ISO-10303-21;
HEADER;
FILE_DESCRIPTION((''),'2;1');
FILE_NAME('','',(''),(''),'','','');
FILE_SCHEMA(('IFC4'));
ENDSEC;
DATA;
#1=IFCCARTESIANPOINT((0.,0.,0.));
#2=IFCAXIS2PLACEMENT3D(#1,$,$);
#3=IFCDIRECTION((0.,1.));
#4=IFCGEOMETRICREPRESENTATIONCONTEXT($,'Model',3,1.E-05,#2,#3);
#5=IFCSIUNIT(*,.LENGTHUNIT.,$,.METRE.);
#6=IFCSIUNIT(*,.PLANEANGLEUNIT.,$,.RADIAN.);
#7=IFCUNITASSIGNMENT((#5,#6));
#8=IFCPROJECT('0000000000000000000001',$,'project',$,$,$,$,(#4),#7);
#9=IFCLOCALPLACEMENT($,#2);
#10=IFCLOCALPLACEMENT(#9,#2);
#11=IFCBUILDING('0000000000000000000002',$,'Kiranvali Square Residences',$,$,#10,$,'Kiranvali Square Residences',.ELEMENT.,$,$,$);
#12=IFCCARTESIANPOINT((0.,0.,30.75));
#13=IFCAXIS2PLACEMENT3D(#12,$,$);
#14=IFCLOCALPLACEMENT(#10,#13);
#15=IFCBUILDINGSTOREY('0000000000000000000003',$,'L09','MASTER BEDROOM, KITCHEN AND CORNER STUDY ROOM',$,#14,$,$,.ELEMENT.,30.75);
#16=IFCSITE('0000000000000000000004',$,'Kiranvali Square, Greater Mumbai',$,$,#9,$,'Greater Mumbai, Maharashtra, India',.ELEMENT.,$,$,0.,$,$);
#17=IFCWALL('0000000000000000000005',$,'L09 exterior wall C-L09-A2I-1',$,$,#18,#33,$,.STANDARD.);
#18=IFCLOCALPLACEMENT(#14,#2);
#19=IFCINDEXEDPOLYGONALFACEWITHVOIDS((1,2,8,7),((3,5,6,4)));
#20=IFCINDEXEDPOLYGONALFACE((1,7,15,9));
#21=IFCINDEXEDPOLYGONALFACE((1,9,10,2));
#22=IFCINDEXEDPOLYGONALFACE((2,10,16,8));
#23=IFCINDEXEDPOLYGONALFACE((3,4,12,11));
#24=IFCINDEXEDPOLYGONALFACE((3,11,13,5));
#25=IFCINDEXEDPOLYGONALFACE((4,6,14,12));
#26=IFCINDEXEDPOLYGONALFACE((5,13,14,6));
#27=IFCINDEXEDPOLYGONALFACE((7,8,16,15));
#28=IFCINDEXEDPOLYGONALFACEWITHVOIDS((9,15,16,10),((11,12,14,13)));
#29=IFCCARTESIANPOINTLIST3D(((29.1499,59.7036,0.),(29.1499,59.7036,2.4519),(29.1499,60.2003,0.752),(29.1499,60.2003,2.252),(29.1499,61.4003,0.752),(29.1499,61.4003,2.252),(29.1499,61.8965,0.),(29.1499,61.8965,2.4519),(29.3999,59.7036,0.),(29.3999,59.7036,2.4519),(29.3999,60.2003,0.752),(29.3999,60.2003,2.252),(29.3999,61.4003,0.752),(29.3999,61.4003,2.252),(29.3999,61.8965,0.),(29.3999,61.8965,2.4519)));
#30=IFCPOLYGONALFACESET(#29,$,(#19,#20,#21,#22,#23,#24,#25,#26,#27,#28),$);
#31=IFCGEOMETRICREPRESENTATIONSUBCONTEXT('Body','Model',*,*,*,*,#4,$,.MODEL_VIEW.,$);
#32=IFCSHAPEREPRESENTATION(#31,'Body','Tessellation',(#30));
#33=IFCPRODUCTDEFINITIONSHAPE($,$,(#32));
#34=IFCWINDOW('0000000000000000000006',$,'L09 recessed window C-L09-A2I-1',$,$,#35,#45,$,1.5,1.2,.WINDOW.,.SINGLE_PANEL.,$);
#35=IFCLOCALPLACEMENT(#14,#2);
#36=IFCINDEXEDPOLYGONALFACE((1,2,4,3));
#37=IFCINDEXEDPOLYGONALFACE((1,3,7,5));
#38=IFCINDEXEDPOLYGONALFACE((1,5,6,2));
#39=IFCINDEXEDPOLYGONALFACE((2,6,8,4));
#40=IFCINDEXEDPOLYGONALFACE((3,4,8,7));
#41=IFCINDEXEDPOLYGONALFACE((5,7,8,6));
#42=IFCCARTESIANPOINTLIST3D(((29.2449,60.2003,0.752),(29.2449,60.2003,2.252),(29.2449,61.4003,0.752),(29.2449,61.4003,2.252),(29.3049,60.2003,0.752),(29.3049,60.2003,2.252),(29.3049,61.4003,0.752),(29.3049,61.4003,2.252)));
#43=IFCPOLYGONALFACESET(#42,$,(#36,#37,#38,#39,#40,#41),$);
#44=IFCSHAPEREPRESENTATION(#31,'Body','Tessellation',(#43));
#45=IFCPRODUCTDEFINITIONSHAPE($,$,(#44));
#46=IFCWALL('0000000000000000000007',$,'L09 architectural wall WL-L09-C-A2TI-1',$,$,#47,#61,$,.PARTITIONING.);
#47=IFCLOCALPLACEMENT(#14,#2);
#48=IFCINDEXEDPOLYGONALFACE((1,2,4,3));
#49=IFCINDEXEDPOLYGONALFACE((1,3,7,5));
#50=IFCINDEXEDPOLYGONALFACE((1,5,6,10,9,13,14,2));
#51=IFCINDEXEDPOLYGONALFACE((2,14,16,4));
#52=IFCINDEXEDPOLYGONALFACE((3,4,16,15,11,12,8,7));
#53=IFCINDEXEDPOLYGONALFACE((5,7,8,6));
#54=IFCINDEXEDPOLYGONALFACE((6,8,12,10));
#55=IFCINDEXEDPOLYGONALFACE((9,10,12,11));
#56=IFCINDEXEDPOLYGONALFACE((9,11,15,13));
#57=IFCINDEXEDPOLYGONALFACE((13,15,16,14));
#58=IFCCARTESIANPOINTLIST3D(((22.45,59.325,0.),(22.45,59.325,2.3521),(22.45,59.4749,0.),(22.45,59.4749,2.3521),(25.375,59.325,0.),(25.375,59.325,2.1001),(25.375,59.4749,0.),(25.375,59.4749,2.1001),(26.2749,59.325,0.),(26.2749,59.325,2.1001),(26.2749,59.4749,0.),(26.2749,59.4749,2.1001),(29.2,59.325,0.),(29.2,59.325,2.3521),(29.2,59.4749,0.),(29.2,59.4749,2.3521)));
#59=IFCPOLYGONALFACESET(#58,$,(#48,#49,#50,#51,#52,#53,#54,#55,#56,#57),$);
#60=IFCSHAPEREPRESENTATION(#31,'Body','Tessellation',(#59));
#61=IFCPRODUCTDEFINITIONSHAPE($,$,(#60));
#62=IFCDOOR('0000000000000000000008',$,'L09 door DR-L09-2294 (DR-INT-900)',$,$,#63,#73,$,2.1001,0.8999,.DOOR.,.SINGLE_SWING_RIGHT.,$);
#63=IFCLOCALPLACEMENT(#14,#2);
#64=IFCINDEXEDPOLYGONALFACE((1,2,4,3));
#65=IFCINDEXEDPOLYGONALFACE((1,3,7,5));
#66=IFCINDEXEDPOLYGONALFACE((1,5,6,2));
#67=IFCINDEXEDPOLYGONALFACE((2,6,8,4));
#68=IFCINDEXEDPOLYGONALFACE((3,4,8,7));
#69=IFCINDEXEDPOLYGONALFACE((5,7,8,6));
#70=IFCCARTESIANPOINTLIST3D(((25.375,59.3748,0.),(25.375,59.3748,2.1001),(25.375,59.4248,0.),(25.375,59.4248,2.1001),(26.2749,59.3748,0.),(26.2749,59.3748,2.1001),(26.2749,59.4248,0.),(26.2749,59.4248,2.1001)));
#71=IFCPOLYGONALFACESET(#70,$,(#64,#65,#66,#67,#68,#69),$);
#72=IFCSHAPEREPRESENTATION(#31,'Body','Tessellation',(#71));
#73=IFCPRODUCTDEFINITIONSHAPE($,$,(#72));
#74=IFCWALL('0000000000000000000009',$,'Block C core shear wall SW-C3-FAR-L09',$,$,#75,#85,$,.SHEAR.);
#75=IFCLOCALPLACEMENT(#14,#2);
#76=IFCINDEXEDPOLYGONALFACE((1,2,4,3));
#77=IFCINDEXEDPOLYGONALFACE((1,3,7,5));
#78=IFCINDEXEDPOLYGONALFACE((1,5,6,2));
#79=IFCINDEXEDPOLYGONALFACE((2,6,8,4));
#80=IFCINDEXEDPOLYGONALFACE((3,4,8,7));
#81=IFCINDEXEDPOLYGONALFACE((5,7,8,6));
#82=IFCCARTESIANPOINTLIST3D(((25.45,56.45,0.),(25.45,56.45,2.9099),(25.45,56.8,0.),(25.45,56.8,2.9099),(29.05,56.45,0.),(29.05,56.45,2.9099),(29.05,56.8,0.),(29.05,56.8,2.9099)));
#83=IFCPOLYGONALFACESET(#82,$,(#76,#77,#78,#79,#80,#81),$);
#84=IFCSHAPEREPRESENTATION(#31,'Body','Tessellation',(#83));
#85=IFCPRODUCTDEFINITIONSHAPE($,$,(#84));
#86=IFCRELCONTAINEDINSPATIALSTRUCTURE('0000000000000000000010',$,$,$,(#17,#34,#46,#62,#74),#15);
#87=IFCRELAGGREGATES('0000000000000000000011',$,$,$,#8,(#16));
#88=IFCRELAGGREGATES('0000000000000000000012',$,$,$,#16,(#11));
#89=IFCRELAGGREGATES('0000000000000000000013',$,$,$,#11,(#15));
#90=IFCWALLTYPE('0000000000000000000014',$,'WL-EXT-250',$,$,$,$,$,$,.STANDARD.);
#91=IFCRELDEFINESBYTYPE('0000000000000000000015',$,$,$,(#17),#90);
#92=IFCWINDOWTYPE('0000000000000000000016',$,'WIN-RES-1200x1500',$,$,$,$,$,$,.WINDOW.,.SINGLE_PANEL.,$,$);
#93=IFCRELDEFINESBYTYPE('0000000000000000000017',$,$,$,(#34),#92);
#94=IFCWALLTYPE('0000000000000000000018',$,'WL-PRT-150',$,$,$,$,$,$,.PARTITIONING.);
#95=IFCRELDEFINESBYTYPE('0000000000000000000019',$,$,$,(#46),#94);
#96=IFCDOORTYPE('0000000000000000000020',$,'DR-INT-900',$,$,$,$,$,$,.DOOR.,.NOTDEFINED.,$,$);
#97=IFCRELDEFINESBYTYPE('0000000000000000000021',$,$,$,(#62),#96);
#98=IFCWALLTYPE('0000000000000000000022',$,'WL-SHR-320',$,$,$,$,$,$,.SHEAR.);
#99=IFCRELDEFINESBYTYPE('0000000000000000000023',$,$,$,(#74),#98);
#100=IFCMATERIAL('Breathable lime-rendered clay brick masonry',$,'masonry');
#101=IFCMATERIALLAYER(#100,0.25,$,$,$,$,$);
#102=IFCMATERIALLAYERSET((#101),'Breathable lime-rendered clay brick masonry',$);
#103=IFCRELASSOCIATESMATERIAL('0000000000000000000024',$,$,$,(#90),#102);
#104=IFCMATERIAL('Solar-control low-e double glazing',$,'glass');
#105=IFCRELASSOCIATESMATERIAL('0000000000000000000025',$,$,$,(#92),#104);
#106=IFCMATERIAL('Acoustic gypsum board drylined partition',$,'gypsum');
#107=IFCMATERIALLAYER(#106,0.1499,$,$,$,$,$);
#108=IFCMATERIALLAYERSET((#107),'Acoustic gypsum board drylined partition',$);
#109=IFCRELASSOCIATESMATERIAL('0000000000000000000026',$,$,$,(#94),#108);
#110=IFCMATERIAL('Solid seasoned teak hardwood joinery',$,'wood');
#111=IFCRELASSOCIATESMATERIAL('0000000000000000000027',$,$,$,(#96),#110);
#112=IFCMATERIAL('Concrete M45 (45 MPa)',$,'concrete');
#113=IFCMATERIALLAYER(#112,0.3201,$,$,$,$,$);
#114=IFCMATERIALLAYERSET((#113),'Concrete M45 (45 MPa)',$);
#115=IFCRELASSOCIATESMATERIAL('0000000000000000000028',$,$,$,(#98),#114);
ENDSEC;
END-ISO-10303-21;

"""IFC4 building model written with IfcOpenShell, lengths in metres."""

from ifc_helpers import new_model, si_unit, direction, frame, frame_2d, origin, place, context, subcontext, project, spatial, rectangle, extrude, material, layer, layer_set, type_object, element, fill, save


model = new_model("IFC4")

# Units and contexts
model_context = context("Model", 3, precision=1e-05, world=origin(), true_north=direction((0.0, 1.0)))
body_context = subcontext(model_context, "Body", "Model", "MODEL_VIEW")
ifc_project = project(units=[si_unit("LENGTHUNIT", "METRE"), si_unit("PLANEANGLEUNIT", "RADIAN")], contexts=[model_context])

# Site, building, storey
site_placement = place(None, origin())
site = spatial("IfcSite", under=ifc_project, at=site_placement, Name="Kiranvali Square, Greater Mumbai", LongName="Greater Mumbai, Maharashtra, India", CompositionType="ELEMENT", RefElevation=0.0)
building_placement = place(site_placement, origin())
building = spatial("IfcBuilding", under=site, at=building_placement, Name="Kiranvali Square Residences", LongName="Kiranvali Square Residences", CompositionType="ELEMENT")
storey_placement = place(building_placement, frame((0.0, 0.0, 30.75)))
storey = spatial("IfcBuildingStorey", under=building, at=storey_placement, Name="L09", Description="MASTER BEDROOM, KITCHEN AND CORNER STUDY ROOM", CompositionType="ELEMENT", Elevation=30.75)

# Shared definitions
ifc_material_1 = material(Name="Concrete M45 (45 MPa)", Category="concrete")

# Wall, opening, window
ifc_material_2 = material(Name="Breathable lime-rendered clay brick masonry", Category="masonry")
ifc_layer_1 = layer(ifc_material_2, 0.25)
ifc_layer_set_1 = layer_set([ifc_layer_1], Name="Breathable lime-rendered clay brick masonry")
wall_type_1 = type_object("IfcWallType", Name="WL-EXT-250", PredefinedType="STANDARD", material=ifc_layer_set_1)
ifc_material_3 = material(Name="Solar-control low-e double glazing", Category="glass")
window_type = type_object("IfcWindowType", Name="WIN-RES-1200x1500", PartitioningType="SINGLE_PANEL", PredefinedType="WINDOW", material=ifc_material_3)
wall_1_placement = place(storey_placement, frame((29.2749, 59.7036, 0.0), z_axis=(0.0, 0.0, 1.0), x_axis=(0.0, 1.0, 0.0)))
wall_1 = element("IfcWall", 1, at=wall_1_placement, inside=storey, type_object=wall_type_1, Name="L09 exterior wall C-L09-A2I-1", PredefinedType="STANDARD", context=body_context, shape_type="SweptSolid", body=[
    extrude(rectangle(XDim=2.1929, YDim=0.25, at=frame_2d((1.0964, 0.0))), origin(), (0.0, 0.0, 1.0), 2.4519),
])
opening_1_placement = place(wall_1_placement, frame((0.4966, 0.0, 0.752)))
opening_1 = element("IfcOpeningElement", 2, at=opening_1_placement, cuts=wall_1, PredefinedType="OPENING", context=body_context, shape_type="SweptSolid", body=[
    extrude(rectangle(XDim=1.2, YDim=1.5, at=frame_2d((0.6001, 0.75))), frame((0.0, 0.135, 0.0), z_axis=(0.0, -1.0, 0.0), x_axis=(1.0, 0.0, 0.0)), (0.0, 0.0, 1.0), 0.27),
])
window_1_placement = place(opening_1_placement, origin())
window_1 = element("IfcWindow", 3, at=window_1_placement, inside=storey, type_object=window_type, Name="L09 recessed window C-L09-A2I-1", OverallHeight=1.5, OverallWidth=1.2, PartitioningType="SINGLE_PANEL", PredefinedType="WINDOW", context=body_context, shape_type="SweptSolid", body=[
    extrude(rectangle(XDim=1.2, YDim=1.5, at=frame_2d((0.6001, 0.75))), frame((0.0, 0.03, 0.0), z_axis=(0.0, -1.0, 0.0), x_axis=(1.0, 0.0, 0.0)), (0.0, 0.0, 1.0), 0.0601),
])
fill(opening_1, window_1)

# Wall, opening, door
ifc_material_4 = material(Name="Acoustic gypsum board drylined partition", Category="gypsum")
ifc_layer_2 = layer(ifc_material_4, 0.1499)
ifc_layer_set_2 = layer_set([ifc_layer_2], Name="Acoustic gypsum board drylined partition")
wall_type_2 = type_object("IfcWallType", Name="WL-PRT-150", PredefinedType="PARTITIONING", material=ifc_layer_set_2)
wall_2_placement = place(storey_placement, frame((29.2, 59.3999, 0.0), z_axis=(0.0, 0.0, 1.0), x_axis=(-1.0, 0.0, 0.0)))
wall_2 = element("IfcWall", 4, at=wall_2_placement, inside=storey, type_object=wall_type_2, Name="L09 architectural wall WL-L09-C-A2TI-1", PredefinedType="PARTITIONING", context=body_context, shape_type="SweptSolid", body=[
    extrude(rectangle(XDim=6.75, YDim=0.1499, at=frame_2d((3.375, 0.0))), origin(), (0.0, 0.0, 1.0), 2.3521),
])
opening_2_placement = place(wall_2_placement, frame((2.925, 0.0, 0.0)))
opening_2 = element("IfcOpeningElement", 5, at=opening_2_placement, cuts=wall_2, PredefinedType="OPENING", context=body_context, shape_type="SweptSolid", body=[
    extrude(rectangle(XDim=0.8999, YDim=2.1001, at=frame_2d((0.45, 1.05))), frame((0.0, 0.085, 0.0), z_axis=(0.0, -1.0, 0.0), x_axis=(1.0, 0.0, 0.0)), (0.0, 0.0, 1.0), 0.1699),
])
ifc_material_5 = material(Name="Solid seasoned teak hardwood joinery", Category="wood")
door_type_1 = type_object("IfcDoorType", Name="DR-INT-900", OperationType="NOTDEFINED", PredefinedType="DOOR", material=ifc_material_5)
door_1_placement = place(opening_2_placement, frame((0.8999, 0.0, 0.0), z_axis=(0.0, 0.0, 1.0), x_axis=(-1.0, 0.0, 0.0)))
door_1 = element("IfcDoor", 6, at=door_1_placement, inside=storey, type_object=door_type_1, Name="L09 door DR-L09-2294 (DR-INT-900)", OperationType="SINGLE_SWING_RIGHT", OverallHeight=2.1001, OverallWidth=0.8999, PredefinedType="DOOR", context=body_context, shape_type="SweptSolid", body=[
    extrude(rectangle(XDim=0.8999, YDim=2.1001, at=frame_2d((0.45, 1.05))), frame((0.0, 0.0249, 0.0), z_axis=(0.0, -1.0, 0.0), x_axis=(1.0, 0.0, 0.0)), (0.0, 0.0, 1.0), 0.05),
])
fill(opening_2, door_1)

# Wall
ifc_layer_3 = layer(ifc_material_1, 0.3201)
ifc_layer_set_3 = layer_set([ifc_layer_3], Name="Concrete M45 (45 MPa)")
wall_type_3 = type_object("IfcWallType", Name="WL-SHR-320", PredefinedType="SHEAR", material=ifc_layer_set_3)
wall_3_placement = place(storey_placement, frame((29.05, 56.625, 0.0), z_axis=(0.0, 0.0, 1.0), x_axis=(-1.0, 0.0, 0.0)))
element("IfcWall", 7, at=wall_3_placement, inside=storey, type_object=wall_type_3, Name="Block C core shear wall SW-C3-FAR-L09", PredefinedType="SHEAR", context=body_context, shape_type="SweptSolid", body=[
    extrude(rectangle(XDim=3.6001, YDim=0.3501, at=frame_2d((1.8, 0.0))), origin(), (0.0, 0.0, 1.0), 2.9099),
])

save(model, "model.ifc")
